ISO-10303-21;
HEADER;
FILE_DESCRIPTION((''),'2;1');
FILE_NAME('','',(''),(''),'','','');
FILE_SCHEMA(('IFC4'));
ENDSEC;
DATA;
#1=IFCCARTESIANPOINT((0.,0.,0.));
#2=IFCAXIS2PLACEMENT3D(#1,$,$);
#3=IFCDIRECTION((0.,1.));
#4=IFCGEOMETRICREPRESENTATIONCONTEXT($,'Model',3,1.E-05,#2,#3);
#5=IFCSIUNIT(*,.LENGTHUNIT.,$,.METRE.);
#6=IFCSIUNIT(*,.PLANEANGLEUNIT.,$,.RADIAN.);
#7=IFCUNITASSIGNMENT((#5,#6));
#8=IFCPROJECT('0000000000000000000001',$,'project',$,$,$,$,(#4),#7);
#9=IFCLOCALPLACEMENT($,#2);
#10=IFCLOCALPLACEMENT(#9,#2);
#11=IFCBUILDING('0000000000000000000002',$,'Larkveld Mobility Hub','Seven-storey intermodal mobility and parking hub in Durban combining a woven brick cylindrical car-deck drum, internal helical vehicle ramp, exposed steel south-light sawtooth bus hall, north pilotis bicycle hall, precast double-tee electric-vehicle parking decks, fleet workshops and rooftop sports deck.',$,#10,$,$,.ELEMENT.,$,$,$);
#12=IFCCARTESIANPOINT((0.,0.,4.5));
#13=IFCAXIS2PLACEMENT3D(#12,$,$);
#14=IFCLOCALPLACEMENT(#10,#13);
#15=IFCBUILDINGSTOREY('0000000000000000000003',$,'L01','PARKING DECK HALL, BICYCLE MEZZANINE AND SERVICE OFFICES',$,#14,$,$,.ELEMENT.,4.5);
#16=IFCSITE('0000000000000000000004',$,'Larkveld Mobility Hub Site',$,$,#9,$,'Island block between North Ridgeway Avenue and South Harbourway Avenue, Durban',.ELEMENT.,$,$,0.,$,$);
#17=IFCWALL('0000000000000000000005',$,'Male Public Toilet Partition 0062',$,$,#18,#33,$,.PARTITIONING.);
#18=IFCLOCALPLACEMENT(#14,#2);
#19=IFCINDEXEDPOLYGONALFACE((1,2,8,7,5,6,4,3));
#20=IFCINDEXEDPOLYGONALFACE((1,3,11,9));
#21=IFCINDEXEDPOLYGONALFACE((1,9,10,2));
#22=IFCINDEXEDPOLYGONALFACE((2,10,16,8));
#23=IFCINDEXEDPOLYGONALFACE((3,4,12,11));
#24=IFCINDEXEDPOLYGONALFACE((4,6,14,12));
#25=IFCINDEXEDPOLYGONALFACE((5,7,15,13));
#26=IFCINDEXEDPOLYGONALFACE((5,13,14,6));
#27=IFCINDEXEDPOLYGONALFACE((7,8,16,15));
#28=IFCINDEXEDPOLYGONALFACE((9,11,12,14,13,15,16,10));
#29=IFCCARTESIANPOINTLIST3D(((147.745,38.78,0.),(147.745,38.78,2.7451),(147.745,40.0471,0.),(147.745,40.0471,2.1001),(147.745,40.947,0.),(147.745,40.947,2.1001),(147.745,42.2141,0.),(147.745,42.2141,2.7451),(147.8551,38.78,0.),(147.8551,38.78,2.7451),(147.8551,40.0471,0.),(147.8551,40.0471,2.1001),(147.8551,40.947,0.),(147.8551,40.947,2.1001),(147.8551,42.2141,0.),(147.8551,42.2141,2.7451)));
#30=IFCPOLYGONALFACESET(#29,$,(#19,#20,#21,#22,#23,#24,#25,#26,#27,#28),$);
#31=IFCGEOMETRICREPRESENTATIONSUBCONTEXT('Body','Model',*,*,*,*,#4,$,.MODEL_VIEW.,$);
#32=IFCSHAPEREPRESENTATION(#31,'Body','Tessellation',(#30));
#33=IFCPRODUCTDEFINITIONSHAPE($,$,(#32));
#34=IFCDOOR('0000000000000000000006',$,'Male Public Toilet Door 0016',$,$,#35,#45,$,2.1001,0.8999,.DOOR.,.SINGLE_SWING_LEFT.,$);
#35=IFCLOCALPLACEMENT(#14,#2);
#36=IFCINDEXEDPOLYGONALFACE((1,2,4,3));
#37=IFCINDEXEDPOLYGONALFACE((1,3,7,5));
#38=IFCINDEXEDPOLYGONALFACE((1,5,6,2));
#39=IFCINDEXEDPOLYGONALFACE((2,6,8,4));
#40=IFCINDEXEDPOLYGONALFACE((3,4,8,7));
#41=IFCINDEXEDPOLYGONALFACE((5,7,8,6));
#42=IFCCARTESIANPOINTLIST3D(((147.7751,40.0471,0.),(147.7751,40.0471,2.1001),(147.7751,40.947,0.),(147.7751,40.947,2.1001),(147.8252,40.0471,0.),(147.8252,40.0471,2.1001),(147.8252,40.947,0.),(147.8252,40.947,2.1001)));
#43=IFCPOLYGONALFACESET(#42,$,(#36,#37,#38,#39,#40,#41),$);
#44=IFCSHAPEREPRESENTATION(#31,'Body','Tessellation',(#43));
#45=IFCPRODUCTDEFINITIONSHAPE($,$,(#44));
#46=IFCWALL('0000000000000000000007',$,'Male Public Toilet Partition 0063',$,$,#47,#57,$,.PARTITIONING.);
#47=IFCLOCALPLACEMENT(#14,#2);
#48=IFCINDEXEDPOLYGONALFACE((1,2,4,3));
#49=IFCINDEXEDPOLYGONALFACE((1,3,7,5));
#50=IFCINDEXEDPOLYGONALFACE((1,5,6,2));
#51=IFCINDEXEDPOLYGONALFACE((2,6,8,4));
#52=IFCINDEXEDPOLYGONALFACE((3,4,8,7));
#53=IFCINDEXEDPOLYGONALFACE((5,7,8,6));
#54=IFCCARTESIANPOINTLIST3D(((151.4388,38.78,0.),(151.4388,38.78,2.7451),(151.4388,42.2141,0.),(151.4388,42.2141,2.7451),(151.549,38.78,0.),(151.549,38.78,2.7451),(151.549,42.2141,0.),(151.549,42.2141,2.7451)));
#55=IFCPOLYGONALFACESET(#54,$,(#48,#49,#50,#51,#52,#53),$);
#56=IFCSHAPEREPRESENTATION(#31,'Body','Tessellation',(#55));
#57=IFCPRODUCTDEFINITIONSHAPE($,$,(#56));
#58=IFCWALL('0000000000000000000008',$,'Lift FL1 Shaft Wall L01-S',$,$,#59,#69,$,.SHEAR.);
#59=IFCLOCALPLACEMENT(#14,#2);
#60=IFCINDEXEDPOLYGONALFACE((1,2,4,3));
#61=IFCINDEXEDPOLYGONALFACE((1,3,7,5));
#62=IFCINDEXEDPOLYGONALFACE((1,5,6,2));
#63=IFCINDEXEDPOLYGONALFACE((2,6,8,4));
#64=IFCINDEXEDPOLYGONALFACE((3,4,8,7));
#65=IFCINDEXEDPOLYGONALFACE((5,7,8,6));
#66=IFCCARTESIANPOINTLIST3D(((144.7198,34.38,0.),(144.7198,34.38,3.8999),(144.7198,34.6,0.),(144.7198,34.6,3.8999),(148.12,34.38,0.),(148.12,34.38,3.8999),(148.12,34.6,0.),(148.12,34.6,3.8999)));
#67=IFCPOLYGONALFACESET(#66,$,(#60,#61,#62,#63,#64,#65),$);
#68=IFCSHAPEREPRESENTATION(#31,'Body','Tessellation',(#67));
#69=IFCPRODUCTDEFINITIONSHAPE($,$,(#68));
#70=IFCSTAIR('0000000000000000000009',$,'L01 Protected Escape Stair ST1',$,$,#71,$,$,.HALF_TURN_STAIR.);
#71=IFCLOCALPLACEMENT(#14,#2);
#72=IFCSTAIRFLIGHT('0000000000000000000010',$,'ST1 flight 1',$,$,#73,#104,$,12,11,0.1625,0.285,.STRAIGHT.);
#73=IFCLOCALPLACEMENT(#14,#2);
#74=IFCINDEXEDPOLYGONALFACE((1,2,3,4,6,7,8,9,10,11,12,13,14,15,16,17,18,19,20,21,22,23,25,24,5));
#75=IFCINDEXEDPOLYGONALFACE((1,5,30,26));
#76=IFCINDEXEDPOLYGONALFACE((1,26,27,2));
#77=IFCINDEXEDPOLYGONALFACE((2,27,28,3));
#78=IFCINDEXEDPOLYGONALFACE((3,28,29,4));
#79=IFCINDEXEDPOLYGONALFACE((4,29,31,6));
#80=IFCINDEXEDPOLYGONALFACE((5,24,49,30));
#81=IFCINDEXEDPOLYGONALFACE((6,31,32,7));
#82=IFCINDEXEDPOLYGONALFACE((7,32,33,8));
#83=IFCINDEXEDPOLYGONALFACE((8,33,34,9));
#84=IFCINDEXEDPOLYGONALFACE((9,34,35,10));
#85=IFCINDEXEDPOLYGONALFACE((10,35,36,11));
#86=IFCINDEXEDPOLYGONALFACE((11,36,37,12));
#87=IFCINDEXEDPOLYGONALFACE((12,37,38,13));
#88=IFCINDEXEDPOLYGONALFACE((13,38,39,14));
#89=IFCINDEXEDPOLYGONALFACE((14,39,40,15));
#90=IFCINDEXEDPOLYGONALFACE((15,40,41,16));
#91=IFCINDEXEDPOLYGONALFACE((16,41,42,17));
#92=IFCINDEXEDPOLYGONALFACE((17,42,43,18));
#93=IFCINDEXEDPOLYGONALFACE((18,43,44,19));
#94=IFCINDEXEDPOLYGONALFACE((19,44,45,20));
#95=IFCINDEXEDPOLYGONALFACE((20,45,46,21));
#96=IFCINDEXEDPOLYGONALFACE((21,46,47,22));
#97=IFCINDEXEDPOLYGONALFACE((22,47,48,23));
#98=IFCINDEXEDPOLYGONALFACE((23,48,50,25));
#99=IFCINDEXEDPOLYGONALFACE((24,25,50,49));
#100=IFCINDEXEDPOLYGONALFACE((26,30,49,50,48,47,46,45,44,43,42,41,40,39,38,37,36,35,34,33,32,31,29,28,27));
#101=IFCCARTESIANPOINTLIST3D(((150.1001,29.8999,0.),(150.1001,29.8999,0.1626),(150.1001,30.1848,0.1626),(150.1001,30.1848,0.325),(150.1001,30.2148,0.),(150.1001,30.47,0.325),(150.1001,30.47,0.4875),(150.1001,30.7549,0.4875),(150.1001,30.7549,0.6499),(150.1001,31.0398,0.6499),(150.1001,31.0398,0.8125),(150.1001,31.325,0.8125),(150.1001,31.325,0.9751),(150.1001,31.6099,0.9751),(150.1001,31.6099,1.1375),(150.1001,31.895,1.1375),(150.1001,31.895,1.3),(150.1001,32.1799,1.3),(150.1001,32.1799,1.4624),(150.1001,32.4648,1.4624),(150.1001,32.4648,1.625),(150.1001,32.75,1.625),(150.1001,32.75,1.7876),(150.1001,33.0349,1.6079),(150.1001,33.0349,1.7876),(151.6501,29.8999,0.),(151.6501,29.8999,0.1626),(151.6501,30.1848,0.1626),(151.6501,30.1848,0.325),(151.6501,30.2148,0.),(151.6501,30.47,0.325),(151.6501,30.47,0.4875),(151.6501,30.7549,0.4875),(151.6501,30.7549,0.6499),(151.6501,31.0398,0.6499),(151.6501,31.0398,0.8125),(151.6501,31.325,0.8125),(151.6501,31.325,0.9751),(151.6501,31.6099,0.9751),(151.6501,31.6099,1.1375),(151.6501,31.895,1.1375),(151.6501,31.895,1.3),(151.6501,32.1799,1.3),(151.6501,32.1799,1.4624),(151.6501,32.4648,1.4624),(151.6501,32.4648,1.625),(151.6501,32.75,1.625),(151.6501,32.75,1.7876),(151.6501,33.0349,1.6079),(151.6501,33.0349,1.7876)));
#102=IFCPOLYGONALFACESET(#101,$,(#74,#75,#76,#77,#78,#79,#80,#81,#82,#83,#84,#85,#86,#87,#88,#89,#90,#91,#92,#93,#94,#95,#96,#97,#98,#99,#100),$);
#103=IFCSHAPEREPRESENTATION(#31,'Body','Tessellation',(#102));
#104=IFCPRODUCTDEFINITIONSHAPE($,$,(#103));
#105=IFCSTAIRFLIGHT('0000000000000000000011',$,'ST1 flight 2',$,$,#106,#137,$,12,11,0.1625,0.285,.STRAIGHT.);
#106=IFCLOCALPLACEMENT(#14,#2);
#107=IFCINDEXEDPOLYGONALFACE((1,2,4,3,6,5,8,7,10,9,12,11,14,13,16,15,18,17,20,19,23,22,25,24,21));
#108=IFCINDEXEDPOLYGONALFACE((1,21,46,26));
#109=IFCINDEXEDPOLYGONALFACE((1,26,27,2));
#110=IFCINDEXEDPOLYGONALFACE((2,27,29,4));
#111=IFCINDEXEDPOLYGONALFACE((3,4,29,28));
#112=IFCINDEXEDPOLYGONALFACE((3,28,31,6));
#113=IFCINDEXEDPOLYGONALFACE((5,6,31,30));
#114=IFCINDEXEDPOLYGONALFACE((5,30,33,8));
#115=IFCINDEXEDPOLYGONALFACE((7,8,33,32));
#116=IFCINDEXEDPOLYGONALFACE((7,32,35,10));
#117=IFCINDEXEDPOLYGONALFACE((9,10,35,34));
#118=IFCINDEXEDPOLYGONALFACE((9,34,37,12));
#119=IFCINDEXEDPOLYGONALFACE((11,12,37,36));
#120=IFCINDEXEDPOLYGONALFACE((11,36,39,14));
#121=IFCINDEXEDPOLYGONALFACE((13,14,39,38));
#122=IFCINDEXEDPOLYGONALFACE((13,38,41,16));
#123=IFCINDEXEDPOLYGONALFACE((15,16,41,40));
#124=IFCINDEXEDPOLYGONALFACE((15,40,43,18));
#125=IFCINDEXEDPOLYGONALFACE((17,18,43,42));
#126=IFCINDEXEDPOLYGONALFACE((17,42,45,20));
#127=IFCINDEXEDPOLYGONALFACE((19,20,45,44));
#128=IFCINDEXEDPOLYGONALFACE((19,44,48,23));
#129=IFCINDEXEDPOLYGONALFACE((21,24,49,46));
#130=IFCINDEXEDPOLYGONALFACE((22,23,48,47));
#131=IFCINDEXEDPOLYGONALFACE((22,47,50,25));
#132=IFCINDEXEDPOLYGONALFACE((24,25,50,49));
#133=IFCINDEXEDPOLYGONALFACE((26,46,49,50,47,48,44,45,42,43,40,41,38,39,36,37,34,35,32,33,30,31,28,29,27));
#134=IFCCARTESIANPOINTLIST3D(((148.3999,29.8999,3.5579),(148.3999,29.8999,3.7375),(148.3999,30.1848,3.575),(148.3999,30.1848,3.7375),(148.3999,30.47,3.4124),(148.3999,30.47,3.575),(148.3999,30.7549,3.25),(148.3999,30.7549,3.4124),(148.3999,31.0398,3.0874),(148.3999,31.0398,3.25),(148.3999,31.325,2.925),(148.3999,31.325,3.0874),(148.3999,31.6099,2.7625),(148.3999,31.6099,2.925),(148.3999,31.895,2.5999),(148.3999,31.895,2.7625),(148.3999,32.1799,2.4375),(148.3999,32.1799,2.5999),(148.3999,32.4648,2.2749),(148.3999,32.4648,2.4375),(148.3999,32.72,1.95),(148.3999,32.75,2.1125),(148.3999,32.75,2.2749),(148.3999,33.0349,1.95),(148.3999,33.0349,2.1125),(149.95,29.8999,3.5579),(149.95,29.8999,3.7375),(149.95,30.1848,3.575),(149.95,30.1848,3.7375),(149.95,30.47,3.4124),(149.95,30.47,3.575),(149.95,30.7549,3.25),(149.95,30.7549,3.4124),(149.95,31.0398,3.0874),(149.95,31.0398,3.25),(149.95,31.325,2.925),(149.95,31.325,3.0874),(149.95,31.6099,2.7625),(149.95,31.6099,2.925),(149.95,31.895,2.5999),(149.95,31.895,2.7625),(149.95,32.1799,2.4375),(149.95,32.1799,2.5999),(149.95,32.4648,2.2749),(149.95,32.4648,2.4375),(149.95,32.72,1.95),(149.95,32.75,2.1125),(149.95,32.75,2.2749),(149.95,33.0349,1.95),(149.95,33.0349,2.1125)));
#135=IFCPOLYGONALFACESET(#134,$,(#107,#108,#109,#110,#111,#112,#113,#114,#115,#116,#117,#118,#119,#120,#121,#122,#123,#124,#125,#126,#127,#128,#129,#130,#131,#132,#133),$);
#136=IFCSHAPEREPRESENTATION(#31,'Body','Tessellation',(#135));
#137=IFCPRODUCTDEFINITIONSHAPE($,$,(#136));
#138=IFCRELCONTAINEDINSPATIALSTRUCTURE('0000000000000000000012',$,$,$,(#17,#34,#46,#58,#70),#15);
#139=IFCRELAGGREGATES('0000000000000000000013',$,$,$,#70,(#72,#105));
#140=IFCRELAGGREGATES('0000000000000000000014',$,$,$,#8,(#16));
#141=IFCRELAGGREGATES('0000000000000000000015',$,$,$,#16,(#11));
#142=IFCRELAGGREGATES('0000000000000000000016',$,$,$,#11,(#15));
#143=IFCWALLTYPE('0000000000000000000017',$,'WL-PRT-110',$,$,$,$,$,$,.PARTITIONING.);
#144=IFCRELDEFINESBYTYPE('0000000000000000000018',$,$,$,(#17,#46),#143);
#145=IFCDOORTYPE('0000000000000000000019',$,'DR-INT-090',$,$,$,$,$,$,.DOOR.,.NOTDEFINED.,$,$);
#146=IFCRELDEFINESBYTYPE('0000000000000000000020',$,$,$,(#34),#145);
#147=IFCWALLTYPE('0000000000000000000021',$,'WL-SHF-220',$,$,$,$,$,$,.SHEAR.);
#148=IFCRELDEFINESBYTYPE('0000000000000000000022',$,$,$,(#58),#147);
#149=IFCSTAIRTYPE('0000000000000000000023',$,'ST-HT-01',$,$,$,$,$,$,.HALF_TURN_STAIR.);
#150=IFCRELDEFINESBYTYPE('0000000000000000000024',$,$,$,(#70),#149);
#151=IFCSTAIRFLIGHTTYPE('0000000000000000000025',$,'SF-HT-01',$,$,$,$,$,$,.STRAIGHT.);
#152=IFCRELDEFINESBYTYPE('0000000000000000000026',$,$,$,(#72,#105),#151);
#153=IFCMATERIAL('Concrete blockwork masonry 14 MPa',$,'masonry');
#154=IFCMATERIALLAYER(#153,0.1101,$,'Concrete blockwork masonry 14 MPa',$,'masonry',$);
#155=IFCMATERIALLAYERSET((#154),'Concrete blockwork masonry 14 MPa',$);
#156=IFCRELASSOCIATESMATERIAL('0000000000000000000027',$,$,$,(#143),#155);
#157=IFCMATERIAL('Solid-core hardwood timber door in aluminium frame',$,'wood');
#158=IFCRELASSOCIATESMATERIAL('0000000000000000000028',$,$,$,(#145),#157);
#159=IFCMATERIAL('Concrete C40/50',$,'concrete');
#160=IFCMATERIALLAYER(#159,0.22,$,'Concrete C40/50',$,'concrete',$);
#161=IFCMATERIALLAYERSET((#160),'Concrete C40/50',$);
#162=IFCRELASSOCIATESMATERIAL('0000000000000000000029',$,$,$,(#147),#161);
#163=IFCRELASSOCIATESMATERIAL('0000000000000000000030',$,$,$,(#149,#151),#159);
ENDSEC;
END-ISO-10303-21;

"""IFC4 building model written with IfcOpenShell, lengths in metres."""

from ifc_helpers import new_model, si_unit, direction, frame, frame_2d, origin, place, context, subcontext, project, spatial, polyline, rectangle, outline, extrude, material, layer, layer_set, type_object, element, fill, aggregate, save


model = new_model("IFC4")

# Units and contexts
model_context = context("Model", 3, precision=1e-05, world=origin(), true_north=direction((0.0, 1.0)))
body_context = subcontext(model_context, "Body", "Model", "MODEL_VIEW")
ifc_project = project(units=[si_unit("LENGTHUNIT", "METRE"), si_unit("PLANEANGLEUNIT", "RADIAN")], contexts=[model_context])

# Site, building, storey
site_placement = place(None, origin())
site = spatial("IfcSite", under=ifc_project, at=site_placement, Name="Larkveld Mobility Hub Site", LongName="Island block between North Ridgeway Avenue and South Harbourway Avenue, Durban", CompositionType="ELEMENT", RefElevation=0.0)
building_placement = place(site_placement, origin())
building = spatial("IfcBuilding", under=site, at=building_placement, Name="Larkveld Mobility Hub", Description="Seven-storey intermodal mobility and parking hub in Durban combining a woven brick cylindrical car-deck drum, internal helical vehicle ramp, exposed steel south-light sawtooth bus hall, north pilotis bicycle hall, precast double-tee electric-vehicle parking decks, fleet workshops and rooftop sports deck.", CompositionType="ELEMENT")
storey_placement = place(building_placement, frame((0.0, 0.0, 4.5)))
storey = spatial("IfcBuildingStorey", under=building, at=storey_placement, Name="L01", Description="PARKING DECK HALL, BICYCLE MEZZANINE AND SERVICE OFFICES", CompositionType="ELEMENT", Elevation=4.5)

# Shared definitions
ifc_material_1 = material(Name="Concrete C40/50", Category="concrete")

# Shared definitions
ifc_material_2 = material(Name="Concrete blockwork masonry 14 MPa", Category="masonry")
ifc_layer_1 = layer(ifc_material_2, 0.1101, Name="Concrete blockwork masonry 14 MPa", Category="masonry")
ifc_layer_set_1 = layer_set([ifc_layer_1], Name="Concrete blockwork masonry 14 MPa")
wall_type_1 = type_object("IfcWallType", Name="WL-PRT-110", PredefinedType="PARTITIONING", material=ifc_layer_set_1)

# Wall, opening, door
wall_1_placement = place(storey_placement, frame((147.8, 38.78, 0.0), z_axis=(0.0, 0.0, 1.0), x_axis=(0.0, 1.0, 0.0)))
wall_1 = element("IfcWall", 1, at=wall_1_placement, inside=storey, type_object=wall_type_1, Name="Male Public Toilet Partition 0062", PredefinedType="PARTITIONING", context=body_context, shape_type="SweptSolid", body=[
    extrude(rectangle(XDim=3.4341, YDim=0.1101, at=frame_2d((1.717, 0.0))), origin(), (0.0, 0.0, 1.0), 2.7451),
])
opening_placement = place(wall_1_placement, frame((1.2671, 0.0, 0.0)))
opening = element("IfcOpeningElement", 2, at=opening_placement, cuts=wall_1, PredefinedType="OPENING", context=body_context, shape_type="SweptSolid", body=[
    extrude(rectangle(XDim=0.8999, YDim=2.1001, at=frame_2d((0.45, 1.05))), frame((0.0, 0.0649, 0.0), z_axis=(0.0, -1.0, 0.0), x_axis=(1.0, 0.0, 0.0)), (0.0, 0.0, 1.0), 0.1301),
])
ifc_material_3 = material(Name="Solid-core hardwood timber door in aluminium frame", Category="wood")
door_type = type_object("IfcDoorType", Name="DR-INT-090", OperationType="NOTDEFINED", PredefinedType="DOOR", material=ifc_material_3)
door_placement = place(opening_placement, origin())
door = element("IfcDoor", 3, at=door_placement, inside=storey, type_object=door_type, Name="Male Public Toilet Door 0016", OperationType="SINGLE_SWING_LEFT", OverallHeight=2.1001, OverallWidth=0.8999, PredefinedType="DOOR", context=body_context, shape_type="SweptSolid", body=[
    extrude(rectangle(XDim=0.8999, YDim=2.1001, at=frame_2d((0.45, 1.05))), frame((0.0, 0.0249, 0.0), z_axis=(0.0, -1.0, 0.0), x_axis=(1.0, 0.0, 0.0)), (0.0, 0.0, 1.0), 0.05),
])
fill(opening, door)

# Walls
wall_2_placement = place(storey_placement, frame((151.4939, 38.78, 0.0), z_axis=(0.0, 0.0, 1.0), x_axis=(0.0, 1.0, 0.0)))
element("IfcWall", 4, at=wall_2_placement, inside=storey, type_object=wall_type_1, Name="Male Public Toilet Partition 0063", PredefinedType="PARTITIONING", context=body_context, shape_type="SweptSolid", body=[
    extrude(rectangle(XDim=3.4341, YDim=0.1101, at=frame_2d((1.717, 0.0))), origin(), (0.0, 0.0, 1.0), 2.7451),
])
ifc_layer_2 = layer(ifc_material_1, 0.22, Name="Concrete C40/50", Category="concrete")
ifc_layer_set_2 = layer_set([ifc_layer_2], Name="Concrete C40/50")
wall_type_2 = type_object("IfcWallType", Name="WL-SHF-220", PredefinedType="SHEAR", material=ifc_layer_set_2)
wall_3_placement = place(storey_placement, frame((148.1201, 34.49, 0.0), z_axis=(0.0, 0.0, 1.0), x_axis=(-1.0, 0.0, 0.0)))
element("IfcWall", 5, at=wall_3_placement, inside=storey, type_object=wall_type_2, Name="Lift FL1 Shaft Wall L01-S", PredefinedType="SHEAR", context=body_context, shape_type="SweptSolid", body=[
    extrude(rectangle(XDim=3.4001, YDim=0.22, at=frame_2d((1.7002, 0.0))), origin(), (0.0, 0.0, 1.0), 3.8999),
])

# Stair, stair flights
stair_type = type_object("IfcStairType", Name="ST-HT-01", PredefinedType="HALF_TURN_STAIR", material=ifc_material_1)
stair_placement = place(storey_placement, origin())
stair = element("IfcStair", 6, at=stair_placement, inside=storey, type_object=stair_type, Name="L01 Protected Escape Stair ST1", PredefinedType="HALF_TURN_STAIR")
stair_flight_type = type_object("IfcStairFlightType", Name="SF-HT-01", PredefinedType="STRAIGHT", material=ifc_material_1)
stair_flight_1_placement = place(storey_placement, frame((150.875, 29.8999, 0.0), z_axis=(0.0, 0.0, 1.0), x_axis=(0.0, 1.0, 0.0)))
stair_flight_1 = element("IfcStairFlight", 7, at=stair_flight_1_placement, type_object=stair_flight_type, Name="ST1 flight 1", NumberOfRisers=12, NumberOfTreads=11, PredefinedType="STRAIGHT", RiserHeight=0.1625, TreadLength=0.285, context=body_context, shape_type="SweptSolid", body=[
    extrude(outline(polyline([(0.0, 0.0), (0.0, 0.1626), (0.2849, 0.1626), (0.2849, 0.325), (0.5701, 0.325), (0.5701, 0.4875), (0.855, 0.4875), (0.855, 0.6499), (1.1399, 0.6499), (1.1399, 0.8125), (1.425, 0.8125), (1.425, 0.9751), (1.71, 0.9751), (1.71, 1.1375), (1.9951, 1.1375), (1.9951, 1.3), (2.28, 1.3), (2.28, 1.4624), (2.5649, 1.4624), (2.5649, 1.625), (2.8501, 1.625), (2.8501, 1.7876), (3.135, 1.7876), (3.135, 1.95), (3.135, 1.6079), (0.3149, 0.0), (0.0, 0.0)])), frame((0.0, 0.7749, 0.0), z_axis=(0.0, -1.0, 0.0), x_axis=(1.0, 0.0, 0.0)), (0.0, 0.0, 1.0), 1.55),
])
stair_flight_2_placement = place(storey_placement, frame((149.175, 33.0349, 1.95), z_axis=(0.0, 0.0, 1.0), x_axis=(0.0, -1.0, 0.0)))
stair_flight_2 = element("IfcStairFlight", 8, at=stair_flight_2_placement, type_object=stair_flight_type, Name="ST1 flight 2", NumberOfRisers=12, NumberOfTreads=11, PredefinedType="STRAIGHT", RiserHeight=0.1625, TreadLength=0.285, context=body_context, shape_type="SweptSolid", body=[
    extrude(outline(polyline([(0.0, 0.0), (0.0, 0.1626), (0.2849, 0.1626), (0.2849, 0.325), (0.5701, 0.325), (0.5701, 0.4875), (0.855, 0.4875), (0.855, 0.6499), (1.1399, 0.6499), (1.1399, 0.8125), (1.425, 0.8125), (1.425, 0.9751), (1.71, 0.9751), (1.71, 1.1375), (1.9951, 1.1375), (1.9951, 1.3), (2.28, 1.3), (2.28, 1.4624), (2.5649, 1.4624), (2.5649, 1.625), (2.8501, 1.625), (2.8501, 1.7876), (3.135, 1.7876), (3.135, 1.95), (3.135, 1.6079), (0.3149, 0.0), (0.0, 0.0)])), frame((0.0, 0.7749, 0.0), z_axis=(0.0, -1.0, 0.0), x_axis=(1.0, 0.0, 0.0)), (0.0, 0.0, 1.0), 1.55),
])
aggregate(stair, [stair_flight_1, stair_flight_2])

save(model, "model.ifc")
